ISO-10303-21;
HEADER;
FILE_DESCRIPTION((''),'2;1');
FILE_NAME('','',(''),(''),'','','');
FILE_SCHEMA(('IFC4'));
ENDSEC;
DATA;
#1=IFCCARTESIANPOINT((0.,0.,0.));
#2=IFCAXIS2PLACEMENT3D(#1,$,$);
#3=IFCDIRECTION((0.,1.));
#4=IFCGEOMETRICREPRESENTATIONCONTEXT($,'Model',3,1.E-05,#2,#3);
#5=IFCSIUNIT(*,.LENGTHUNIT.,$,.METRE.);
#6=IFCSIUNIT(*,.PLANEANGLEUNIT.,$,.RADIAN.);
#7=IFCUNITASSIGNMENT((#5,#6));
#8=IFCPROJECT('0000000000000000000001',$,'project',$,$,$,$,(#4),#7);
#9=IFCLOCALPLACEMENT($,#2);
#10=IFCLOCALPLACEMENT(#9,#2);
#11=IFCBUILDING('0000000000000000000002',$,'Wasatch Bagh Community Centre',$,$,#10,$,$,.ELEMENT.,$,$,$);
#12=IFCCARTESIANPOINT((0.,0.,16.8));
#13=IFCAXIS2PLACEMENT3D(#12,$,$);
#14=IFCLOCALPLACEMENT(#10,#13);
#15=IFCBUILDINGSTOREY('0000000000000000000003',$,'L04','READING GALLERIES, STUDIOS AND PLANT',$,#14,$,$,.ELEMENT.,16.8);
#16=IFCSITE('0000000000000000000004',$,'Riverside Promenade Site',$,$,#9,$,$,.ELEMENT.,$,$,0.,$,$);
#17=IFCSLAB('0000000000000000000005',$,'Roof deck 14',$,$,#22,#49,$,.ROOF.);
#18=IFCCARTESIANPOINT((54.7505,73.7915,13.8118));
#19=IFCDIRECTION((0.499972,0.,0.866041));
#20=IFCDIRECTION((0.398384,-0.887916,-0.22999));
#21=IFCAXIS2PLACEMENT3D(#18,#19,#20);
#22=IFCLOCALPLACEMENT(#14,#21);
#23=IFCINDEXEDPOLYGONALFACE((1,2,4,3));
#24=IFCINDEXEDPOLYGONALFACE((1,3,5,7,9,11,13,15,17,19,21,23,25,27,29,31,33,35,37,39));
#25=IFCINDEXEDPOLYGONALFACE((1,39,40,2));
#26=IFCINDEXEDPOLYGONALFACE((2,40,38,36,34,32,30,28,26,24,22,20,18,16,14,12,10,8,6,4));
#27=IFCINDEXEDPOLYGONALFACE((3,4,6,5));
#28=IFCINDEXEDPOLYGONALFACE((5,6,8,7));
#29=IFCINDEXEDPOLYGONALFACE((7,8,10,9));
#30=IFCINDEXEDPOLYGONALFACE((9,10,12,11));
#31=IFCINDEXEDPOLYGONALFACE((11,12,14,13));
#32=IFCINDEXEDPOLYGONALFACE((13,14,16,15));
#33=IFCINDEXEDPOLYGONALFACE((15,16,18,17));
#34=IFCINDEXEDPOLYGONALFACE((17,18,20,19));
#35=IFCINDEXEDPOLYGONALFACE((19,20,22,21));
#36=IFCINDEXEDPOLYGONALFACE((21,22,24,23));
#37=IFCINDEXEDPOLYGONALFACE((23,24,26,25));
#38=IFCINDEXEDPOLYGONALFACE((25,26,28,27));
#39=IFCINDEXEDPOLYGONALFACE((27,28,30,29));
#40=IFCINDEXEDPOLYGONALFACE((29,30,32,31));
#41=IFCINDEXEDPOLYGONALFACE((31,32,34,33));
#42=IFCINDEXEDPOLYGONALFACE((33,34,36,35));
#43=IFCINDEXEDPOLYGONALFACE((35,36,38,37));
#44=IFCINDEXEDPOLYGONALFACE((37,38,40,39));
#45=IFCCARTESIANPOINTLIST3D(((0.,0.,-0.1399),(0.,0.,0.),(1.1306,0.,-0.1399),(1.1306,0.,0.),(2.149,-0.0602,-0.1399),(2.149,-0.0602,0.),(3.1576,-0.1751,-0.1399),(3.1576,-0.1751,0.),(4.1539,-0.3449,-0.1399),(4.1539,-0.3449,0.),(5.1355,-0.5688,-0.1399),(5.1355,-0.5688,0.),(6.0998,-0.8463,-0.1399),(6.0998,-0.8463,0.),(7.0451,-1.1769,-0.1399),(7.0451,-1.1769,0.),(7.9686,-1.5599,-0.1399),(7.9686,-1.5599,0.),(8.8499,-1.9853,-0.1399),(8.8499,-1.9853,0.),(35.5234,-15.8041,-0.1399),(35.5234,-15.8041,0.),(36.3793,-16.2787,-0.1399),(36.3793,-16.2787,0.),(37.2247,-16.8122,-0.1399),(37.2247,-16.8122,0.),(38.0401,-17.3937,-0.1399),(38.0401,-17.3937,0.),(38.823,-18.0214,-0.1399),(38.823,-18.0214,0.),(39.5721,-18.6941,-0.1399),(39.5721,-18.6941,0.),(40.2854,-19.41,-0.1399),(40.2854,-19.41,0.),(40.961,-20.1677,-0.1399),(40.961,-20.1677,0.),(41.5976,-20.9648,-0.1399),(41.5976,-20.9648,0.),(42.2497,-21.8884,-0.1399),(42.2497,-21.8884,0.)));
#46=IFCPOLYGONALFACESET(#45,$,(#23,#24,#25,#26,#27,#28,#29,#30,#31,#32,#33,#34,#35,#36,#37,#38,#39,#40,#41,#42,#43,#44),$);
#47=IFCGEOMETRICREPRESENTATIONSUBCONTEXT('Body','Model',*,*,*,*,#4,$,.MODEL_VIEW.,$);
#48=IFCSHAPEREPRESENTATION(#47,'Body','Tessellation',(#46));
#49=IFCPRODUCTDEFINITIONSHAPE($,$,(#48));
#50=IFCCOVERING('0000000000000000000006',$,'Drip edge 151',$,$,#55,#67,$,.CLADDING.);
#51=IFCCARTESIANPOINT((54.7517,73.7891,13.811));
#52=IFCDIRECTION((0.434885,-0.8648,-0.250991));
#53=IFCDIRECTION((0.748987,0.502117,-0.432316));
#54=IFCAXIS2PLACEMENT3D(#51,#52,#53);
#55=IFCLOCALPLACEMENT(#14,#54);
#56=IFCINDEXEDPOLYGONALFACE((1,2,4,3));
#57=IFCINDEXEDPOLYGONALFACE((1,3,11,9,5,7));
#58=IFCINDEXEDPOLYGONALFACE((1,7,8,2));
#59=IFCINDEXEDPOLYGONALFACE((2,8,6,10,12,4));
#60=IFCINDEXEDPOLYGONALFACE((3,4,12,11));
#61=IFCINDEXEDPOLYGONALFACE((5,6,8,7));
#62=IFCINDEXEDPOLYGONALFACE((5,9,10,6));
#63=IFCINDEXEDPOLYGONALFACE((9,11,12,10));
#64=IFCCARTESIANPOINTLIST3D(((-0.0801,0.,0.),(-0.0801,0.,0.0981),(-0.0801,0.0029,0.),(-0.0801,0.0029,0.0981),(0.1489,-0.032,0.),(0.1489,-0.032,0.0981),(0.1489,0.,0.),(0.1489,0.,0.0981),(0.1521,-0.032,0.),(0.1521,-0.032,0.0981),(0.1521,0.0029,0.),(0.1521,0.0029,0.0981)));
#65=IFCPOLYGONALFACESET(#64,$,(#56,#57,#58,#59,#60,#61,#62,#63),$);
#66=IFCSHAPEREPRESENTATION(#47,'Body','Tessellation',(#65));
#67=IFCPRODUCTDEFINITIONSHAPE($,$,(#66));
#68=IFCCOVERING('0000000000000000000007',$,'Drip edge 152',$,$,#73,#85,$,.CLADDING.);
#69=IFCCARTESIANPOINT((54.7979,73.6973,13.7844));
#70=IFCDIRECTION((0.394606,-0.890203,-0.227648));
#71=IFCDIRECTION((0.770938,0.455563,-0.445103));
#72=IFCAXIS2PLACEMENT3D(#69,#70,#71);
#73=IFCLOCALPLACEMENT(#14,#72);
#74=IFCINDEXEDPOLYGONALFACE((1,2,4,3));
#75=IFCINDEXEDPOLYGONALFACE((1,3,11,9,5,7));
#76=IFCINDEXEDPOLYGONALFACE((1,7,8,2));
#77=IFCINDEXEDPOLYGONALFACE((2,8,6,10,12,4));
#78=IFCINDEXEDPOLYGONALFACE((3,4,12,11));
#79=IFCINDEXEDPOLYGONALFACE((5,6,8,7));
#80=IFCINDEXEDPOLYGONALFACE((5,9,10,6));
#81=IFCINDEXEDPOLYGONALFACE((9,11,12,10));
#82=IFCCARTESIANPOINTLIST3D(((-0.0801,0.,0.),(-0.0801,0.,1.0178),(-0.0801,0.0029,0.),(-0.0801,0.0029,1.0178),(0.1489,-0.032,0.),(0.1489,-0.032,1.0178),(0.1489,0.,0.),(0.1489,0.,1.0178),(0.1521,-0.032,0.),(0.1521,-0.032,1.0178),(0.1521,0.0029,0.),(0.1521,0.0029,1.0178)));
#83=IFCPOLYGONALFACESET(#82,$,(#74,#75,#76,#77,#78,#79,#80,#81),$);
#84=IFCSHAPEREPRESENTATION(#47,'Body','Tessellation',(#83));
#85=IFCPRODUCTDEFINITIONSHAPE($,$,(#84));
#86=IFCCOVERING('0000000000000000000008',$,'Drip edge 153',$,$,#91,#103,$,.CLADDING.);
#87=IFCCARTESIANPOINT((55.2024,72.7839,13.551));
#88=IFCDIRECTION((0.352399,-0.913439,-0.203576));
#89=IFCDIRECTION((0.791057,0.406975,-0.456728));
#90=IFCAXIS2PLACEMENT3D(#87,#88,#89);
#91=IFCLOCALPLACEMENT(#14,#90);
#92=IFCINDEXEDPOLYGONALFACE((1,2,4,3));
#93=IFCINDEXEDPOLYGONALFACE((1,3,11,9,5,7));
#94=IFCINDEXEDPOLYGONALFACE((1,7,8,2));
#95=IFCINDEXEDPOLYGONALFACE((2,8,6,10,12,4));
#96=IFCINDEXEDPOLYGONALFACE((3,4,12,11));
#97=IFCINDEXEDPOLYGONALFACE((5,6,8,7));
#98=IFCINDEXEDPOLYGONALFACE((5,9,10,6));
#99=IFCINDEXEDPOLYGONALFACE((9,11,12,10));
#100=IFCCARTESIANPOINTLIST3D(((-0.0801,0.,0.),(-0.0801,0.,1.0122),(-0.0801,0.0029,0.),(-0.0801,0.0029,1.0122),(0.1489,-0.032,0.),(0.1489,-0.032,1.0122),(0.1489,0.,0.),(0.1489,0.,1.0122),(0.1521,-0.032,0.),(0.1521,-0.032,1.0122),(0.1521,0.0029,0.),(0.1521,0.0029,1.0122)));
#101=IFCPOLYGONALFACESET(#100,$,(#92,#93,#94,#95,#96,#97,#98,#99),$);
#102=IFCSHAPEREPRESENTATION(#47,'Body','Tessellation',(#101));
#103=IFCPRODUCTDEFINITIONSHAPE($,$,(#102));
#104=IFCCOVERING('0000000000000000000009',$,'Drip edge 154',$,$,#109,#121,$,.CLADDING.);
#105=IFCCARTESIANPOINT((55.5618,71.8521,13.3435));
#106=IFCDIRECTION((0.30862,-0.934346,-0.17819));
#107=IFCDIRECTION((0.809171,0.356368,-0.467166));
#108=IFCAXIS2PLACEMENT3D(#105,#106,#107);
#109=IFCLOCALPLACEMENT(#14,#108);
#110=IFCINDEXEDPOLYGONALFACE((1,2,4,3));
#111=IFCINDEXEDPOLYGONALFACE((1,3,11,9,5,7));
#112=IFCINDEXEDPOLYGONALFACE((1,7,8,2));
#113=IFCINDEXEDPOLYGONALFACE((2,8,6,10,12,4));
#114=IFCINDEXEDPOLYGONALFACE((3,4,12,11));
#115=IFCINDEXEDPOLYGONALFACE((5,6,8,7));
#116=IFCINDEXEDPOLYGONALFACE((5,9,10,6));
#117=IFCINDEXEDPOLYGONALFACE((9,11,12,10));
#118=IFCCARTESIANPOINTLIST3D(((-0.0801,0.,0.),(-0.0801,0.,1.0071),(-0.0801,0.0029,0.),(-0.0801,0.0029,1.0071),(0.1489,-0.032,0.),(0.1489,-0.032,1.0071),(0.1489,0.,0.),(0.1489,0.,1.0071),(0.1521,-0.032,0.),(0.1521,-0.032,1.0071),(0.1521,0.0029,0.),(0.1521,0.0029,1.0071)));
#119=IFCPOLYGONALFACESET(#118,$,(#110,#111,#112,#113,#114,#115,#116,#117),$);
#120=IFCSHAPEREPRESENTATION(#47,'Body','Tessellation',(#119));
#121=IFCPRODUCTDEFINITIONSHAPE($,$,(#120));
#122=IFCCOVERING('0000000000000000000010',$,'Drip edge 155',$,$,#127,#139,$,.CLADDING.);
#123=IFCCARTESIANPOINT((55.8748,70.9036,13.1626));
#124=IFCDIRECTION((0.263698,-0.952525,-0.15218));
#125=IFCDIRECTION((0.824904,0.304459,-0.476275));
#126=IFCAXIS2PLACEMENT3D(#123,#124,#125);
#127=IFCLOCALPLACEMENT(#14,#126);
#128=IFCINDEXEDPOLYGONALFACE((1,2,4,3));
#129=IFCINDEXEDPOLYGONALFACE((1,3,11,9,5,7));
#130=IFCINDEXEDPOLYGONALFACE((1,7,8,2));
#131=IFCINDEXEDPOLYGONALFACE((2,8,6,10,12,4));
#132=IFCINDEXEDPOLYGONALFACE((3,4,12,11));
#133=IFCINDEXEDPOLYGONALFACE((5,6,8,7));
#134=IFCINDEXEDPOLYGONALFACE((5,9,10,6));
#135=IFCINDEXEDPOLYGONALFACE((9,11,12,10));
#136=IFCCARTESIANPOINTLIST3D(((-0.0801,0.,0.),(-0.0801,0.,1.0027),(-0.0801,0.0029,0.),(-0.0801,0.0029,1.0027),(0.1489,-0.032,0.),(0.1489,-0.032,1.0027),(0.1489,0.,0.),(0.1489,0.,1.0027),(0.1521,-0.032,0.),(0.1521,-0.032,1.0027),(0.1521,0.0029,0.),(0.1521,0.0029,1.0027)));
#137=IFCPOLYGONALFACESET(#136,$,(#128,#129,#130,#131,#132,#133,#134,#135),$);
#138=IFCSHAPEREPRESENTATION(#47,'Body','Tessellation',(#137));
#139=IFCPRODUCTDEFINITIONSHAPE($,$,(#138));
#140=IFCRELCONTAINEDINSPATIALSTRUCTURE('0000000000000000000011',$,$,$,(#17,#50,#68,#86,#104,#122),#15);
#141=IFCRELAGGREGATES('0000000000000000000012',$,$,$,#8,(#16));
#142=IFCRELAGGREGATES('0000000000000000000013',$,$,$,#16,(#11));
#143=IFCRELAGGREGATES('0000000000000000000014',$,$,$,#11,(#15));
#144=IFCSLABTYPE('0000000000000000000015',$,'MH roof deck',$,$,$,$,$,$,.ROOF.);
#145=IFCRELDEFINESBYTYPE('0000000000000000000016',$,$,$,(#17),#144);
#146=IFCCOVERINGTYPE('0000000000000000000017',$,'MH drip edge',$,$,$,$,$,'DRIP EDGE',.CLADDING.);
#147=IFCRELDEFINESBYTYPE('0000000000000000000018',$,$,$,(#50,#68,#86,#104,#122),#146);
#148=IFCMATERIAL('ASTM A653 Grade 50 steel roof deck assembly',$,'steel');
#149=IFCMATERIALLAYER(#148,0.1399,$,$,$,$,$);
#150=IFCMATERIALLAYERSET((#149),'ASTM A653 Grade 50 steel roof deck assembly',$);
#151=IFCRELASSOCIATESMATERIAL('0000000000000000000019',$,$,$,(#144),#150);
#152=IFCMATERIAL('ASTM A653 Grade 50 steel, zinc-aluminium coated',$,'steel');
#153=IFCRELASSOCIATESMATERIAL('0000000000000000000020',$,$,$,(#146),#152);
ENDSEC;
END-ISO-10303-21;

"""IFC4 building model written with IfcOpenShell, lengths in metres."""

from ifc_helpers import new_model, si_unit, direction, frame, origin, place, context, subcontext, project, spatial, polyline, outline, extrude, material, layer, layer_set, material_profile, profile_set, type_object, element, save


model = new_model("IFC4")

# Units and contexts
model_context = context("Model", 3, precision=1e-05, world=origin(), true_north=direction((0.0, 1.0)))
body_context = subcontext(model_context, "Body", "Model", "MODEL_VIEW")
ifc_project = project(units=[si_unit("LENGTHUNIT", "METRE"), si_unit("PLANEANGLEUNIT", "RADIAN")], contexts=[model_context])

# Site, building, storey
site_placement = place(None, origin())
site = spatial("IfcSite", under=ifc_project, at=site_placement, Name="Riverside Promenade Site", CompositionType="ELEMENT", RefElevation=0.0)
building_placement = place(site_placement, origin())
building = spatial("IfcBuilding", under=site, at=building_placement, Name="Wasatch Bagh Community Centre", CompositionType="ELEMENT")
storey_placement = place(building_placement, frame((0.0, 0.0, 16.8)))
storey = spatial("IfcBuildingStorey", under=building, at=storey_placement, Name="L04", Description="READING GALLERIES, STUDIOS AND PLANT", CompositionType="ELEMENT", Elevation=16.8)

# Slab
ifc_material_1 = material(Name="ASTM A653 Grade 50 steel roof deck assembly", Category="steel")
ifc_layer_1 = layer(ifc_material_1, 0.1399)
ifc_layer_set_1 = layer_set([ifc_layer_1], Name="ASTM A653 Grade 50 steel roof deck assembly")
slab_type = type_object("IfcSlabType", Name="MH roof deck", PredefinedType="ROOF", material=ifc_layer_set_1)
slab_placement = place(storey_placement, frame((54.7505, 73.7915, 13.8118), z_axis=(0.499972, 0.0, 0.866041), x_axis=(0.398384, -0.887916, -0.22999)))
element("IfcSlab", 1, at=slab_placement, inside=storey, type_object=slab_type, Name="Roof deck 14", PredefinedType="ROOF", context=body_context, shape_type="SweptSolid", body=[
    extrude(outline(polyline([(0.0, 0.0), (1.1306, 0.0), (2.149, -0.0602), (3.1576, -0.1751), (4.1539, -0.3449), (5.1355, -0.5688), (6.0998, -0.8463), (7.0451, -1.1769), (7.9686, -1.5599), (8.8499, -1.9853), (35.5234, -15.8041), (36.3793, -16.2787), (37.2247, -16.8122), (38.0401, -17.3937), (38.823, -18.0214), (39.5721, -18.6941), (40.2854, -19.41), (40.961, -20.1677), (41.5976, -20.9648), (42.2497, -21.8884), (0.0, 0.0)])), origin(), (0.0, 0.0, -1.0), 0.1399),
])

# Coverings
ifc_material_2 = material(Name="ASTM A653 Grade 50 steel, zinc-aluminium coated", Category="steel")
ifc_material_profile_1 = material_profile(ifc_material_2, outline(polyline([(-0.0801, 0.0029), (0.1521, 0.0029), (0.1521, -0.032), (0.1489, -0.032), (0.1489, 0.0), (-0.0801, 0.0), (-0.0801, 0.0029)])), Name="DRIP EDGE")
ifc_profile_set_1 = profile_set([ifc_material_profile_1], Name="ASTM A653 Grade 50 steel, zinc-aluminium coated")
covering_type_1 = type_object("IfcCoveringType", Name="MH drip edge", ElementType="DRIP EDGE", PredefinedType="CLADDING", material=ifc_profile_set_1)
covering_1_placement = place(storey_placement, frame((54.7517, 73.7891, 13.811), z_axis=(0.434885, -0.8648, -0.250991), x_axis=(0.748987, 0.502117, -0.432316)))
element("IfcCovering", 2, at=covering_1_placement, inside=storey, type_object=covering_type_1, Name="Drip edge 151", PredefinedType="CLADDING", context=body_context, shape_type="SweptSolid", body=[
    extrude(outline(polyline([(-0.0801, 0.0029), (0.1521, 0.0029), (0.1521, -0.032), (0.1489, -0.032), (0.1489, 0.0), (-0.0801, 0.0), (-0.0801, 0.0029)])), origin(), (0.0, 0.0, 1.0), 0.0981),
])
covering_2_placement = place(storey_placement, frame((54.7979, 73.6973, 13.7844), z_axis=(0.394606, -0.890203, -0.227648), x_axis=(0.770938, 0.455563, -0.445103)))
element("IfcCovering", 3, at=covering_2_placement, inside=storey, type_object=covering_type_1, Name="Drip edge 152", PredefinedType="CLADDING", context=body_context, shape_type="SweptSolid", body=[
    extrude(outline(polyline([(-0.0801, 0.0029), (0.1521, 0.0029), (0.1521, -0.032), (0.1489, -0.032), (0.1489, 0.0), (-0.0801, 0.0), (-0.0801, 0.0029)])), origin(), (0.0, 0.0, 1.0), 1.0178),
])
covering_3_placement = place(storey_placement, frame((55.2024, 72.7839, 13.551), z_axis=(0.352399, -0.913439, -0.203576), x_axis=(0.791057, 0.406975, -0.456728)))
element("IfcCovering", 4, at=covering_3_placement, inside=storey, type_object=covering_type_1, Name="Drip edge 153", PredefinedType="CLADDING", context=body_context, shape_type="SweptSolid", body=[
    extrude(outline(polyline([(-0.0801, 0.0029), (0.1521, 0.0029), (0.1521, -0.032), (0.1489, -0.032), (0.1489, 0.0), (-0.0801, 0.0), (-0.0801, 0.0029)])), origin(), (0.0, 0.0, 1.0), 1.0122),
])
covering_4_placement = place(storey_placement, frame((55.5618, 71.8521, 13.3435), z_axis=(0.30862, -0.934346, -0.17819), x_axis=(0.809171, 0.356368, -0.467166)))
element("IfcCovering", 5, at=covering_4_placement, inside=storey, type_object=covering_type_1, Name="Drip edge 154", PredefinedType="CLADDING", context=body_context, shape_type="SweptSolid", body=[
    extrude(outline(polyline([(-0.0801, 0.0029), (0.1521, 0.0029), (0.1521, -0.032), (0.1489, -0.032), (0.1489, 0.0), (-0.0801, 0.0), (-0.0801, 0.0029)])), origin(), (0.0, 0.0, 1.0), 1.0071),
])
covering_5_placement = place(storey_placement, frame((55.8748, 70.9036, 13.1626), z_axis=(0.263698, -0.952525, -0.15218), x_axis=(0.824904, 0.304459, -0.476275)))
element("IfcCovering", 6, at=covering_5_placement, inside=storey, type_object=covering_type_1, Name="Drip edge 155", PredefinedType="CLADDING", context=body_context, shape_type="SweptSolid", body=[
    extrude(outline(polyline([(-0.0801, 0.0029), (0.1521, 0.0029), (0.1521, -0.032), (0.1489, -0.032), (0.1489, 0.0), (-0.0801, 0.0), (-0.0801, 0.0029)])), origin(), (0.0, 0.0, 1.0), 1.0027),
])

save(model, "model.ifc")
